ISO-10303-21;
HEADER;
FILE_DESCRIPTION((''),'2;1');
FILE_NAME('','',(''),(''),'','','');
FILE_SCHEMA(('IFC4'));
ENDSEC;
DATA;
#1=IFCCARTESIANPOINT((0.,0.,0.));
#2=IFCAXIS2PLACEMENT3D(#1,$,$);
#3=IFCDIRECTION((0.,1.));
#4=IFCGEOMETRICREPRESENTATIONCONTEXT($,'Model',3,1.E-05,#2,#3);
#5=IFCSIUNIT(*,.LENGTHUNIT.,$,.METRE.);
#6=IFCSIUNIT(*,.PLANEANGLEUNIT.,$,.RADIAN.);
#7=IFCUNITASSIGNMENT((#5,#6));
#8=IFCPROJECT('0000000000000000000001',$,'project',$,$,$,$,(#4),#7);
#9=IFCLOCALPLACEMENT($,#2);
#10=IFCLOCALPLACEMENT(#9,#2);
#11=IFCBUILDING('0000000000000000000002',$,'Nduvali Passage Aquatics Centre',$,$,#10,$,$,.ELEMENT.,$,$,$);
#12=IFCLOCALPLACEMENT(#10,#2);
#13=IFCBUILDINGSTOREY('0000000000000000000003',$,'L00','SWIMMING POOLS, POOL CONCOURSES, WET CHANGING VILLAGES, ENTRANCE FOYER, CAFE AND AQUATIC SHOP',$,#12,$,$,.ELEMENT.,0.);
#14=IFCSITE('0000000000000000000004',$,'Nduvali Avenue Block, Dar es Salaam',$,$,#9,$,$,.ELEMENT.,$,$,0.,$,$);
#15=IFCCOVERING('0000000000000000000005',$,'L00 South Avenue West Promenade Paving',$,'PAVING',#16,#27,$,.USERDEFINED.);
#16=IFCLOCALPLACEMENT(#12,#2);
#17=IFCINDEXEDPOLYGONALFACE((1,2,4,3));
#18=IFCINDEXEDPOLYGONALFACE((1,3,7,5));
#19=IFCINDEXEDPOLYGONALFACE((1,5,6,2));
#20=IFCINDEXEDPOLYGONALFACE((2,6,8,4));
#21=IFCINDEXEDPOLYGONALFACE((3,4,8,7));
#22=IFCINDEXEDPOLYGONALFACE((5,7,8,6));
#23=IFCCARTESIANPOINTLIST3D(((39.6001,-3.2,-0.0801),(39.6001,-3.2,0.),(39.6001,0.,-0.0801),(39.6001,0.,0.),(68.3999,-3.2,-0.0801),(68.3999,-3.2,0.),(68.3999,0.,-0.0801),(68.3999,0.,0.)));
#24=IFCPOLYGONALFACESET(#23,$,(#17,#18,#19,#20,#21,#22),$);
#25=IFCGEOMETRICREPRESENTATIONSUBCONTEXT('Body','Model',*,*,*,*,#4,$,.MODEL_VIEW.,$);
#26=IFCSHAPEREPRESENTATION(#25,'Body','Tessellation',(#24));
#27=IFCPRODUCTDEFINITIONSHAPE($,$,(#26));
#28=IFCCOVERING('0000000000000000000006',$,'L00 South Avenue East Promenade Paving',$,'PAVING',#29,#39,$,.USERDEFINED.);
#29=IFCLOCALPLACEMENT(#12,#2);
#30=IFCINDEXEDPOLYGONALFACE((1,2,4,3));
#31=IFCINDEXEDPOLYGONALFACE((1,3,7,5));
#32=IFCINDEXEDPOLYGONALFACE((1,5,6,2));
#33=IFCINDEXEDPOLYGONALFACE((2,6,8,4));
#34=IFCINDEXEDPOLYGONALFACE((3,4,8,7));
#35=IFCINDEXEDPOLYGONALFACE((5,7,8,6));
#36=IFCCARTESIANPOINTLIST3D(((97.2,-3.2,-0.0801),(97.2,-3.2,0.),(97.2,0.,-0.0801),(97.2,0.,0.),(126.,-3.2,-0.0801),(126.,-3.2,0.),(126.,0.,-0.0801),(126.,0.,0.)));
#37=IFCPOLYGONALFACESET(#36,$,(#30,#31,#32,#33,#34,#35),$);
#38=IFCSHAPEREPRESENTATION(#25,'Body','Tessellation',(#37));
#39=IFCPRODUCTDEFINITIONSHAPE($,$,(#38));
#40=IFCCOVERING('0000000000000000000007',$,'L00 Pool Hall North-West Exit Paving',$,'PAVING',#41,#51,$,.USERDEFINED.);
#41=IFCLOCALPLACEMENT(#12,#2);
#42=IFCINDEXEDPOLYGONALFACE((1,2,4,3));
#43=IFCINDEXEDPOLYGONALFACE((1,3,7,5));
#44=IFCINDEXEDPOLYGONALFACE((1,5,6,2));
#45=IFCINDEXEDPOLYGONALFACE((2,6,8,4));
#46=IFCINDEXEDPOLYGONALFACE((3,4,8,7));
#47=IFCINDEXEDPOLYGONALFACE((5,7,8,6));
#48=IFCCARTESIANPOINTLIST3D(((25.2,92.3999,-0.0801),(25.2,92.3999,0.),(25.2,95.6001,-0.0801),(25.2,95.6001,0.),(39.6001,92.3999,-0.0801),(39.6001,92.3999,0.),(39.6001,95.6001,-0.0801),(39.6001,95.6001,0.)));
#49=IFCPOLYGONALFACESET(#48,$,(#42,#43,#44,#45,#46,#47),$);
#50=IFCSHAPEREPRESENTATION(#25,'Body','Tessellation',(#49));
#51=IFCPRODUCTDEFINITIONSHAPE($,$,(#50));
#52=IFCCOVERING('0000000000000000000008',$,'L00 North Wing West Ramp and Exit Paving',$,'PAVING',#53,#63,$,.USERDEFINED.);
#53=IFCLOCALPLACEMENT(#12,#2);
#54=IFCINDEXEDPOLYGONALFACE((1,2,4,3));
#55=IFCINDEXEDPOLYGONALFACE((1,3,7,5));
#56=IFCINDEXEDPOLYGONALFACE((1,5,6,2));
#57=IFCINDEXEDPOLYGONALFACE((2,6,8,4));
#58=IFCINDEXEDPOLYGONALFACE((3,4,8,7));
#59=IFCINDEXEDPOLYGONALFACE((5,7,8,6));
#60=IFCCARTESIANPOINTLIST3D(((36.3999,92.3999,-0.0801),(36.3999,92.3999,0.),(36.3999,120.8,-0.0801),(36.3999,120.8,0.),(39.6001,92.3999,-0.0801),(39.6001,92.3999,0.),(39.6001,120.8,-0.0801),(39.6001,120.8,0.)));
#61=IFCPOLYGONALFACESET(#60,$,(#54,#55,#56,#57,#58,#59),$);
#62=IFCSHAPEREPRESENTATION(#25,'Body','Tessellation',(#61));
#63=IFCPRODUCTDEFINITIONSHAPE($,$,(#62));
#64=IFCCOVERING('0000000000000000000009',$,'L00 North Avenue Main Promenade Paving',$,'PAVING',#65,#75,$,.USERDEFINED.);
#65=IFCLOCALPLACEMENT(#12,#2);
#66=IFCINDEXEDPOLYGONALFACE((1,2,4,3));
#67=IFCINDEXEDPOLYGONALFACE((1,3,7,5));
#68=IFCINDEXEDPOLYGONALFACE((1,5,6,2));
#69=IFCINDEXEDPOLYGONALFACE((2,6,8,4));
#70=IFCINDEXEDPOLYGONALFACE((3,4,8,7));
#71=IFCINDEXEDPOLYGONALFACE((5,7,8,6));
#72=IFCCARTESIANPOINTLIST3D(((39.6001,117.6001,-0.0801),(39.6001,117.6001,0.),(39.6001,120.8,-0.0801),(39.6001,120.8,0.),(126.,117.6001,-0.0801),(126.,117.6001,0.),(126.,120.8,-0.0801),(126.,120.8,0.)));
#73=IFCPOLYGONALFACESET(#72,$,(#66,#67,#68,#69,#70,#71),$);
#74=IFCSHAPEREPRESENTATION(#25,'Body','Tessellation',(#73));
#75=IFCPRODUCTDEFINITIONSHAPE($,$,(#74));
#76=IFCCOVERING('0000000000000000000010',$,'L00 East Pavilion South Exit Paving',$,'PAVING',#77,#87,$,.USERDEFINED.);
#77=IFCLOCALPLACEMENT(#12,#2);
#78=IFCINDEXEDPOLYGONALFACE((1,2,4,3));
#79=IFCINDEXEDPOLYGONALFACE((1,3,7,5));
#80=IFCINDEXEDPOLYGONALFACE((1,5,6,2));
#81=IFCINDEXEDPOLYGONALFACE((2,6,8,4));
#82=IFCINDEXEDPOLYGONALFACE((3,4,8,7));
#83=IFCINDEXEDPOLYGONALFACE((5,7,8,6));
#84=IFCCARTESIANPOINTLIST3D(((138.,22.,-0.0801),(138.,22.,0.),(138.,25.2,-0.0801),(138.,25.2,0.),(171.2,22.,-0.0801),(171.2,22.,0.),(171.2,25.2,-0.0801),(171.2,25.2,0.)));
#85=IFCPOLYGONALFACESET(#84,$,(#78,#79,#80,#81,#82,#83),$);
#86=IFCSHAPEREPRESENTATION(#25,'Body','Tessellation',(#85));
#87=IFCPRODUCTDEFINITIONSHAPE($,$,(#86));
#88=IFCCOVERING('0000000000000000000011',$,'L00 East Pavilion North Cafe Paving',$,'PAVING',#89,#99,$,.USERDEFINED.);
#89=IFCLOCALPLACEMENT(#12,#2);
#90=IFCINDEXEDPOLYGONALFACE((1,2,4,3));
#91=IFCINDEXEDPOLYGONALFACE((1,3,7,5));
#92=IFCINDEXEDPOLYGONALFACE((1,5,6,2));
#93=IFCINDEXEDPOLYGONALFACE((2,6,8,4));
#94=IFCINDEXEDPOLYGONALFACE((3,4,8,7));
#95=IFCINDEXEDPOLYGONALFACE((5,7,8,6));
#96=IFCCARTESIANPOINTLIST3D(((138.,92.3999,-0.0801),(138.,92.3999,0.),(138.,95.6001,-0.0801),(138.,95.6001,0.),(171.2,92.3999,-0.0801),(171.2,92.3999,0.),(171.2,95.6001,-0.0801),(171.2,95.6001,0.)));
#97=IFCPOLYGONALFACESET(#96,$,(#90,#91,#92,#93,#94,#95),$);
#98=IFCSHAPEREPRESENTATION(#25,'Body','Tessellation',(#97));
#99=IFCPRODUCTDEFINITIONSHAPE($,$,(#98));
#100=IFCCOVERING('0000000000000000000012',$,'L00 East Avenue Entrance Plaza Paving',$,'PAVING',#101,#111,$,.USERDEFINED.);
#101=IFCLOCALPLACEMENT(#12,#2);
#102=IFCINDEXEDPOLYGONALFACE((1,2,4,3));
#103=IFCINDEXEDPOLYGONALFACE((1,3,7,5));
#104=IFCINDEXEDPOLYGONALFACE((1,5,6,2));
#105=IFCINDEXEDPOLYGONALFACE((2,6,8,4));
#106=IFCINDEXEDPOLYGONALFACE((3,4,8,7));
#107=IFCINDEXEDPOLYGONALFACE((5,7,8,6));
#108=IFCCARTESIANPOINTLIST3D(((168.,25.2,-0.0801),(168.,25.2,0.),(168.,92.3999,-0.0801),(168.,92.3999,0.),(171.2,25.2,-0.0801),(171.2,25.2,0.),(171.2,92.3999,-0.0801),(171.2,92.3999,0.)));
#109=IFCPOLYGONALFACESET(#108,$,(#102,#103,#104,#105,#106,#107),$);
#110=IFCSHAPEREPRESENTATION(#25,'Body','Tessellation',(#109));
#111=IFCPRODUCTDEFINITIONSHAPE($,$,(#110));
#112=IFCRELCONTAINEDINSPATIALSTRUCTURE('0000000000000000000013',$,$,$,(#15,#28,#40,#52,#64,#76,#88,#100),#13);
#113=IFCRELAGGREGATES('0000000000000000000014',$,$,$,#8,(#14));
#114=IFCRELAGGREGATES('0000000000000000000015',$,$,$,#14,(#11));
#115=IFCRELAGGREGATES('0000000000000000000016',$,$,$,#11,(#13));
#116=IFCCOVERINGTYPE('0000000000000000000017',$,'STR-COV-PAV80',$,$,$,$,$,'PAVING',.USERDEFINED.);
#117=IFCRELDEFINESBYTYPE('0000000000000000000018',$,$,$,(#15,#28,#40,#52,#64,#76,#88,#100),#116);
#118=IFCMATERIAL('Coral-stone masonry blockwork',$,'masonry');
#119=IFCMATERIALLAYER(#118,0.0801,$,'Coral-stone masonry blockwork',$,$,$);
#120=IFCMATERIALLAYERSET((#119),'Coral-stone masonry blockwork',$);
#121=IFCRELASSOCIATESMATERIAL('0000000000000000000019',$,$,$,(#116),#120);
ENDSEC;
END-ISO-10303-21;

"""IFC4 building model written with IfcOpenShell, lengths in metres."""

from ifc_helpers import new_model, si_unit, direction, frame, origin, place, context, subcontext, project, spatial, polyline, outline, extrude, material, layer, layer_set, type_object, element, save


model = new_model("IFC4")

# Units and contexts
model_context = context("Model", 3, precision=1e-05, world=origin(), true_north=direction((0.0, 1.0)))
body_context = subcontext(model_context, "Body", "Model", "MODEL_VIEW")
ifc_project = project(units=[si_unit("LENGTHUNIT", "METRE"), si_unit("PLANEANGLEUNIT", "RADIAN")], contexts=[model_context])

# Site, building, storey
site_placement = place(None, origin())
site = spatial("IfcSite", under=ifc_project, at=site_placement, Name="Nduvali Avenue Block, Dar es Salaam", CompositionType="ELEMENT", RefElevation=0.0)
building_placement = place(site_placement, origin())
building = spatial("IfcBuilding", under=site, at=building_placement, Name="Nduvali Passage Aquatics Centre", CompositionType="ELEMENT")
storey_placement = place(building_placement, origin())
storey = spatial("IfcBuildingStorey", under=building, at=storey_placement, Name="L00", Description="SWIMMING POOLS, POOL CONCOURSES, WET CHANGING VILLAGES, ENTRANCE FOYER, CAFE AND AQUATIC SHOP", CompositionType="ELEMENT", Elevation=0.0)

# Coverings
ifc_material_1 = material(Name="Coral-stone masonry blockwork", Category="masonry")
ifc_layer_1 = layer(ifc_material_1, 0.0801, Name="Coral-stone masonry blockwork")
ifc_layer_set_1 = layer_set([ifc_layer_1], Name="Coral-stone masonry blockwork")
covering_type = type_object("IfcCoveringType", Name="STR-COV-PAV80", ElementType="PAVING", PredefinedType="USERDEFINED", material=ifc_layer_set_1)
covering_1_placement = place(storey_placement, frame((0.0, 0.0, -0.0801)))
element("IfcCovering", 1, at=covering_1_placement, inside=storey, type_object=covering_type, Name="L00 South Avenue West Promenade Paving", ObjectType="PAVING", PredefinedType="USERDEFINED", context=body_context, shape_type="SweptSolid", body=[
    extrude(outline(polyline([(39.6001, -3.2), (68.3999, -3.2), (68.3999, 0.0), (39.6001, 0.0), (39.6001, -3.2)])), origin(), (0.0, 0.0, 1.0), 0.0801),
])
covering_2_placement = place(storey_placement, frame((0.0, 0.0, -0.0801)))
element("IfcCovering", 2, at=covering_2_placement, inside=storey, type_object=covering_type, Name="L00 South Avenue East Promenade Paving", ObjectType="PAVING", PredefinedType="USERDEFINED", context=body_context, shape_type="SweptSolid", body=[
    extrude(outline(polyline([(97.2, -3.2), (126.0, -3.2), (126.0, 0.0), (97.2, 0.0), (97.2, -3.2)])), origin(), (0.0, 0.0, 1.0), 0.0801),
])
covering_3_placement = place(storey_placement, frame((0.0, 0.0, -0.0801)))
element("IfcCovering", 3, at=covering_3_placement, inside=storey, type_object=covering_type, Name="L00 Pool Hall North-West Exit Paving", ObjectType="PAVING", PredefinedType="USERDEFINED", context=body_context, shape_type="SweptSolid", body=[
    extrude(outline(polyline([(25.2, 92.3999), (39.6001, 92.3999), (39.6001, 95.6001), (25.2, 95.6001), (25.2, 92.3999)])), origin(), (0.0, 0.0, 1.0), 0.0801),
])
covering_4_placement = place(storey_placement, frame((0.0, 0.0, -0.0801)))
element("IfcCovering", 4, at=covering_4_placement, inside=storey, type_object=covering_type, Name="L00 North Wing West Ramp and Exit Paving", ObjectType="PAVING", PredefinedType="USERDEFINED", context=body_context, shape_type="SweptSolid", body=[
    extrude(outline(polyline([(36.3999, 92.3999), (39.6001, 92.3999), (39.6001, 120.8), (36.3999, 120.8), (36.3999, 92.3999)])), origin(), (0.0, 0.0, 1.0), 0.0801),
])
covering_5_placement = place(storey_placement, frame((0.0, 0.0, -0.0801)))
element("IfcCovering", 5, at=covering_5_placement, inside=storey, type_object=covering_type, Name="L00 North Avenue Main Promenade Paving", ObjectType="PAVING", PredefinedType="USERDEFINED", context=body_context, shape_type="SweptSolid", body=[
    extrude(outline(polyline([(39.6001, 117.6001), (126.0, 117.6001), (126.0, 120.8), (39.6001, 120.8), (39.6001, 117.6001)])), origin(), (0.0, 0.0, 1.0), 0.0801),
])
covering_6_placement = place(storey_placement, frame((0.0, 0.0, -0.0801)))
element("IfcCovering", 6, at=covering_6_placement, inside=storey, type_object=covering_type, Name="L00 East Pavilion South Exit Paving", ObjectType="PAVING", PredefinedType="USERDEFINED", context=body_context, shape_type="SweptSolid", body=[
    extrude(outline(polyline([(138.0, 22.0), (171.2, 22.0), (171.2, 25.2), (138.0, 25.2), (138.0, 22.0)])), origin(), (0.0, 0.0, 1.0), 0.0801),
])
covering_7_placement = place(storey_placement, frame((0.0, 0.0, -0.0801)))
element("IfcCovering", 7, at=covering_7_placement, inside=storey, type_object=covering_type, Name="L00 East Pavilion North Cafe Paving", ObjectType="PAVING", PredefinedType="USERDEFINED", context=body_context, shape_type="SweptSolid", body=[
    extrude(outline(polyline([(138.0, 92.3999), (171.2, 92.3999), (171.2, 95.6001), (138.0, 95.6001), (138.0, 92.3999)])), origin(), (0.0, 0.0, 1.0), 0.0801),
])
covering_8_placement = place(storey_placement, frame((0.0, 0.0, -0.0801)))
element("IfcCovering", 8, at=covering_8_placement, inside=storey, type_object=covering_type, Name="L00 East Avenue Entrance Plaza Paving", ObjectType="PAVING", PredefinedType="USERDEFINED", context=body_context, shape_type="SweptSolid", body=[
    extrude(outline(polyline([(168.0, 25.2), (171.2, 25.2), (171.2, 92.3999), (168.0, 92.3999), (168.0, 25.2)])), origin(), (0.0, 0.0, 1.0), 0.0801),
])

save(model, "model.ifc")
